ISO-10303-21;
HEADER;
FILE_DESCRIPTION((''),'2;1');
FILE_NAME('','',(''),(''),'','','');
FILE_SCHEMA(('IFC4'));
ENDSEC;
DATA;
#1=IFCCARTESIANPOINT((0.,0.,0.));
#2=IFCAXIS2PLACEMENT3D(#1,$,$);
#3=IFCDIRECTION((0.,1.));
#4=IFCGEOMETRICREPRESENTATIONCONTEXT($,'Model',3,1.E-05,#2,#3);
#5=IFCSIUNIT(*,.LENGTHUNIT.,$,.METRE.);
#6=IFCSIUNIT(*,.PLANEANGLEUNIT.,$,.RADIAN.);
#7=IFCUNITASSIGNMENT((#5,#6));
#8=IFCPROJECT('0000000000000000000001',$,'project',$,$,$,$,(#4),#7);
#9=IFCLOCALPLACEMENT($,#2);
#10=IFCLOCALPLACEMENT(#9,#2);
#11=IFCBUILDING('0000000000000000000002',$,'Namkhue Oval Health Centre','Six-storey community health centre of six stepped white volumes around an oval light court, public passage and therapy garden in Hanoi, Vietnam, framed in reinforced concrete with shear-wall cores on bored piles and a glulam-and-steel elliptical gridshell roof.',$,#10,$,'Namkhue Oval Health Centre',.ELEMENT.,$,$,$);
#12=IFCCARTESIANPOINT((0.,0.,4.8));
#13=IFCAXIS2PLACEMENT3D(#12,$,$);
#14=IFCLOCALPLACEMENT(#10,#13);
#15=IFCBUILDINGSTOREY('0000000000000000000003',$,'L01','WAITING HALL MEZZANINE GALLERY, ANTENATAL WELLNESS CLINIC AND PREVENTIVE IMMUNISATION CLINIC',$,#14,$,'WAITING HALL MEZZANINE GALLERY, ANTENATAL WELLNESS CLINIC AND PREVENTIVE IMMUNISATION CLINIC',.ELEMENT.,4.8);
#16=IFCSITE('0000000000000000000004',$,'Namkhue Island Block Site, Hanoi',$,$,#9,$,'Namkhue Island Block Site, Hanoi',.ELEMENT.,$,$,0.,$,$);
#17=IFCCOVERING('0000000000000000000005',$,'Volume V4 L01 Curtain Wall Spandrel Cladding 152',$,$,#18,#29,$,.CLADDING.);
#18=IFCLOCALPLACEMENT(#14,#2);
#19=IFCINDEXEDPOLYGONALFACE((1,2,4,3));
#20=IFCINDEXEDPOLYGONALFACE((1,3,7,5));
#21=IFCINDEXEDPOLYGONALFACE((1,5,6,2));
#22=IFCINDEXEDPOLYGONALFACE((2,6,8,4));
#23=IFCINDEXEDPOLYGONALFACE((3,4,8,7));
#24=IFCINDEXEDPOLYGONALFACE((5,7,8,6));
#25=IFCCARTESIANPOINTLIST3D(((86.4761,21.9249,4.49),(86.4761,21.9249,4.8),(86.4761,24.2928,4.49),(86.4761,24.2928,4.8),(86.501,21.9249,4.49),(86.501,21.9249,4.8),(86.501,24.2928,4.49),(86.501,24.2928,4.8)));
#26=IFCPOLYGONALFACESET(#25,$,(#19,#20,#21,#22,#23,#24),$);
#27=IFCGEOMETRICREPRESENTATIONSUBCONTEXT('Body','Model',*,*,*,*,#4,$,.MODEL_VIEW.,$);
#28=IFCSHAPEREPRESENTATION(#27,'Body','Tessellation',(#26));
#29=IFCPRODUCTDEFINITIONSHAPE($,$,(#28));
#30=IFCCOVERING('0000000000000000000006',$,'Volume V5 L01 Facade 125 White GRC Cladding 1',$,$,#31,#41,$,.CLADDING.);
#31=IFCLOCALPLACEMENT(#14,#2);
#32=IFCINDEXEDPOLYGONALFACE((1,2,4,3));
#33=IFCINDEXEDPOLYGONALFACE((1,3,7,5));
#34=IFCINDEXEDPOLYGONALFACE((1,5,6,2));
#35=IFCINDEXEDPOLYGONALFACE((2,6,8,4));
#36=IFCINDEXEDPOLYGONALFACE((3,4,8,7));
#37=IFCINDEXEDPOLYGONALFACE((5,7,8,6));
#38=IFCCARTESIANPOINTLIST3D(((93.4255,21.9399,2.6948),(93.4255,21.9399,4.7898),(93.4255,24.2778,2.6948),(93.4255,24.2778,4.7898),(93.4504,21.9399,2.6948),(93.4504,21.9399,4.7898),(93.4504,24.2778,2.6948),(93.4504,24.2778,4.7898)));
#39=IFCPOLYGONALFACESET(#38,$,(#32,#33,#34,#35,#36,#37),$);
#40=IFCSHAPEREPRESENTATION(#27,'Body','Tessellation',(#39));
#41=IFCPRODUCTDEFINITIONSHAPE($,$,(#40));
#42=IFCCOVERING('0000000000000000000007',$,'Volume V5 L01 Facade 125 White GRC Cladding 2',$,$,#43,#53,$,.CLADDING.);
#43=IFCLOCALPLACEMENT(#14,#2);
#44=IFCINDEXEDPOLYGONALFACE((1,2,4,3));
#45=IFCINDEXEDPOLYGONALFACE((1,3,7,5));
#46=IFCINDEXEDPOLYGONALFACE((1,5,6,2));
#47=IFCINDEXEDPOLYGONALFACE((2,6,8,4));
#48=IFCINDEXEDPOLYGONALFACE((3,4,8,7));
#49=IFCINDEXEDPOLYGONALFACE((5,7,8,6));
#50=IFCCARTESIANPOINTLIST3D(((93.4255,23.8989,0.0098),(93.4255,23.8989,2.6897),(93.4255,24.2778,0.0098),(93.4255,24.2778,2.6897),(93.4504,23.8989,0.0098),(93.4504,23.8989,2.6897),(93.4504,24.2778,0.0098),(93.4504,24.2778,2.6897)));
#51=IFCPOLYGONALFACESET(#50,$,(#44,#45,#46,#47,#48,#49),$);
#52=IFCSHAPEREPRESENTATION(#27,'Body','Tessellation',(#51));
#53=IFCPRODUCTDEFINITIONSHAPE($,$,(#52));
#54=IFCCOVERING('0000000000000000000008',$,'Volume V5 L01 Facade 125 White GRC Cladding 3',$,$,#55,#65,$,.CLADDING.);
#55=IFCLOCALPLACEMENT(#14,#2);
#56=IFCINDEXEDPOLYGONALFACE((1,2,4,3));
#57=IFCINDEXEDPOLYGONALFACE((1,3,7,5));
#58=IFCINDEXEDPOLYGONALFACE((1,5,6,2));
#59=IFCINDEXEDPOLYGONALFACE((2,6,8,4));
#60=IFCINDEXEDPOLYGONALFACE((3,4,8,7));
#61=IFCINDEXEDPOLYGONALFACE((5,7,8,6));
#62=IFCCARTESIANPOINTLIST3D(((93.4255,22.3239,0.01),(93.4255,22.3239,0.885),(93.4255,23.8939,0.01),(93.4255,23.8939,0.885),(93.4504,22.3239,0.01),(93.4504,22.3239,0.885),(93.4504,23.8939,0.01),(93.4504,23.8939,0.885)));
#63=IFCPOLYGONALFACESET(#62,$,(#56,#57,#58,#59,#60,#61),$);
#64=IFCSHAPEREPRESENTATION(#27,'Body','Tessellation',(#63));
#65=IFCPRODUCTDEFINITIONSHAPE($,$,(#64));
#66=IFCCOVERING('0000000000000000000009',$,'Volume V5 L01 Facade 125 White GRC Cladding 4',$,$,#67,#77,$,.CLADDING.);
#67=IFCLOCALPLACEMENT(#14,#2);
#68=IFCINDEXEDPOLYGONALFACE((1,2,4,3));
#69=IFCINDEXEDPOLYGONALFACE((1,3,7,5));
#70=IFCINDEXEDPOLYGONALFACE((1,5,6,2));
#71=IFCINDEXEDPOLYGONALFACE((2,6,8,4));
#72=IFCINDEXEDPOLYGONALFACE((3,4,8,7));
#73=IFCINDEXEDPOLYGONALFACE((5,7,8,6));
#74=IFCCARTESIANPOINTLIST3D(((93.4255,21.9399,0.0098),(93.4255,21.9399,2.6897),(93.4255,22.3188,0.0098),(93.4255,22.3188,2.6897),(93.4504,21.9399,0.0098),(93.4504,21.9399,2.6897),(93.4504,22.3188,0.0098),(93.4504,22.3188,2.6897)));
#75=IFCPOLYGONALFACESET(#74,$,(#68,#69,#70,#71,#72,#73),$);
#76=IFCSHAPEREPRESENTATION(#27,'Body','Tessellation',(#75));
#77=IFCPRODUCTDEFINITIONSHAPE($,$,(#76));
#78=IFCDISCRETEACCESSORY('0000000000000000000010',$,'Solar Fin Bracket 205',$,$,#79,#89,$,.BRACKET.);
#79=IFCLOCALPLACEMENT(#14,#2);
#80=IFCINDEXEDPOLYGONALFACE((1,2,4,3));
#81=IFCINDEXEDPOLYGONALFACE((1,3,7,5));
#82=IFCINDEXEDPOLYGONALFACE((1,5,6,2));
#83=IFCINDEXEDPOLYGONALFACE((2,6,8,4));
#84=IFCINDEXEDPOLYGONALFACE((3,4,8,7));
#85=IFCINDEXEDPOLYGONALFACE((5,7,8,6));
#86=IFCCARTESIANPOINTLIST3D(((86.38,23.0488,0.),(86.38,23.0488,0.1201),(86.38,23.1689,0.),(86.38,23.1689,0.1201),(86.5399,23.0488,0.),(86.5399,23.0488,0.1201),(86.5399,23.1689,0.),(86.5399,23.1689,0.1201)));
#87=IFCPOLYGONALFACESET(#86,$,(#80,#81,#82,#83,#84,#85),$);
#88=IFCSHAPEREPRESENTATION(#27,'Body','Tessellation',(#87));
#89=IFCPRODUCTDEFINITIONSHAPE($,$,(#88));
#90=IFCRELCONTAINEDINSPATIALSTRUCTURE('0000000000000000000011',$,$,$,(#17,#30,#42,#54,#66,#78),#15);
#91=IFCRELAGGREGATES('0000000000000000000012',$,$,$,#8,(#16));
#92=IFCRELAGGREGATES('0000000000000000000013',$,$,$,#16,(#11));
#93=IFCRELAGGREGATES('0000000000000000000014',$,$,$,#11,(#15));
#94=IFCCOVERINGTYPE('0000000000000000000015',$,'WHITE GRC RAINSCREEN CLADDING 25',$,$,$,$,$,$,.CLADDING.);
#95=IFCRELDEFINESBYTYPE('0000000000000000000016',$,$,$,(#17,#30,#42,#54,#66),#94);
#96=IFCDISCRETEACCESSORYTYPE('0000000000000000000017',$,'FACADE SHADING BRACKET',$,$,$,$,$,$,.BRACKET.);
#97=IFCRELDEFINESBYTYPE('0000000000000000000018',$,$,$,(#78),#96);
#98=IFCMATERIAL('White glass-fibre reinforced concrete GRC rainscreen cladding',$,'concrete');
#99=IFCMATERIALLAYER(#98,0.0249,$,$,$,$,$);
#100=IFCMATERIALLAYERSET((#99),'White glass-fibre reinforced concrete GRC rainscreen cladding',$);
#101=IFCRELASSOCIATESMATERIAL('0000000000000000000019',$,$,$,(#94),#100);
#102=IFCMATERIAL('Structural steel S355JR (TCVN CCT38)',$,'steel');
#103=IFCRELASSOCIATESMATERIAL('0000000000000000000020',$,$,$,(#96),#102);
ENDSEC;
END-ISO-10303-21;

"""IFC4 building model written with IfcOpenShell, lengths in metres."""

from ifc_helpers import new_model, si_unit, direction, frame, origin, origin_2d, place, context, subcontext, project, spatial, rectangle, extrude, material, layer, layer_set, type_object, element, save


model = new_model("IFC4")

# Units and contexts
model_context = context("Model", 3, precision=1e-05, world=origin(), true_north=direction((0.0, 1.0)))
body_context = subcontext(model_context, "Body", "Model", "MODEL_VIEW")
ifc_project = project(units=[si_unit("LENGTHUNIT", "METRE"), si_unit("PLANEANGLEUNIT", "RADIAN")], contexts=[model_context])

# Site, building, storey
site_placement = place(None, origin())
site = spatial("IfcSite", under=ifc_project, at=site_placement, Name="Namkhue Island Block Site, Hanoi", LongName="Namkhue Island Block Site, Hanoi", CompositionType="ELEMENT", RefElevation=0.0)
building_placement = place(site_placement, origin())
building = spatial("IfcBuilding", under=site, at=building_placement, Name="Namkhue Oval Health Centre", Description="Six-storey community health centre of six stepped white volumes around an oval light court, public passage and therapy garden in Hanoi, Vietnam, framed in reinforced concrete with shear-wall cores on bored piles and a glulam-and-steel elliptical gridshell roof.", LongName="Namkhue Oval Health Centre", CompositionType="ELEMENT")
storey_placement = place(building_placement, frame((0.0, 0.0, 4.8)))
storey = spatial("IfcBuildingStorey", under=building, at=storey_placement, Name="L01", Description="WAITING HALL MEZZANINE GALLERY, ANTENATAL WELLNESS CLINIC AND PREVENTIVE IMMUNISATION CLINIC", LongName="WAITING HALL MEZZANINE GALLERY, ANTENATAL WELLNESS CLINIC AND PREVENTIVE IMMUNISATION CLINIC", CompositionType="ELEMENT", Elevation=4.8)

# Coverings
ifc_material_1 = material(Name="White glass-fibre reinforced concrete GRC rainscreen cladding", Category="concrete")
ifc_layer_1 = layer(ifc_material_1, 0.0249)
ifc_layer_set_1 = layer_set([ifc_layer_1], Name="White glass-fibre reinforced concrete GRC rainscreen cladding")
covering_type = type_object("IfcCoveringType", Name="WHITE GRC RAINSCREEN CLADDING 25", PredefinedType="CLADDING", material=ifc_layer_set_1)
covering_1_placement = place(storey_placement, frame((86.4885, 23.1089, 4.49), z_axis=(0.0, 0.0, 1.0), x_axis=(0.0, 1.0, 0.0)))
element("IfcCovering", 1, at=covering_1_placement, inside=storey, type_object=covering_type, Name="Volume V4 L01 Curtain Wall Spandrel Cladding 152", PredefinedType="CLADDING", context=body_context, shape_type="SweptSolid", body=[
    extrude(rectangle(XDim=2.3679, YDim=0.0249, at=origin_2d()), origin(), (0.0, 0.0, 1.0), 0.3101),
])
covering_2_placement = place(storey_placement, frame((93.438, 23.1089, 2.6948), z_axis=(0.0, 0.0, 1.0), x_axis=(0.0, -1.0, 0.0)))
element("IfcCovering", 2, at=covering_2_placement, inside=storey, type_object=covering_type, Name="Volume V5 L01 Facade 125 White GRC Cladding 1", PredefinedType="CLADDING", context=body_context, shape_type="SweptSolid", body=[
    extrude(rectangle(XDim=2.3379, YDim=0.0249, at=origin_2d()), origin(), (0.0, 0.0, 1.0), 2.095),
])
covering_3_placement = place(storey_placement, frame((93.438, 24.0884, 0.0098), z_axis=(0.0, 0.0, 1.0), x_axis=(0.0, -1.0, 0.0)))
element("IfcCovering", 3, at=covering_3_placement, inside=storey, type_object=covering_type, Name="Volume V5 L01 Facade 125 White GRC Cladding 2", PredefinedType="CLADDING", context=body_context, shape_type="SweptSolid", body=[
    extrude(rectangle(XDim=0.3789, YDim=0.0249, at=origin_2d()), origin(), (0.0, 0.0, 1.0), 2.6799),
])
covering_4_placement = place(storey_placement, frame((93.438, 23.1089, 0.01), z_axis=(0.0, 0.0, 1.0), x_axis=(0.0, -1.0, 0.0)))
element("IfcCovering", 4, at=covering_4_placement, inside=storey, type_object=covering_type, Name="Volume V5 L01 Facade 125 White GRC Cladding 3", PredefinedType="CLADDING", context=body_context, shape_type="SweptSolid", body=[
    extrude(rectangle(XDim=1.5701, YDim=0.0249, at=origin_2d()), origin(), (0.0, 0.0, 1.0), 0.875),
])
covering_5_placement = place(storey_placement, frame((93.438, 22.1294, 0.0098), z_axis=(0.0, 0.0, 1.0), x_axis=(0.0, -1.0, 0.0)))
element("IfcCovering", 5, at=covering_5_placement, inside=storey, type_object=covering_type, Name="Volume V5 L01 Facade 125 White GRC Cladding 4", PredefinedType="CLADDING", context=body_context, shape_type="SweptSolid", body=[
    extrude(rectangle(XDim=0.3789, YDim=0.0249, at=origin_2d()), origin(), (0.0, 0.0, 1.0), 2.6799),
])

# Discrete accessory
ifc_material_2 = material(Name="Structural steel S355JR (TCVN CCT38)", Category="steel")
discrete_accessory_type = type_object("IfcDiscreteAccessoryType", Name="FACADE SHADING BRACKET", PredefinedType="BRACKET", material=ifc_material_2)
discrete_accessory_placement = place(storey_placement, frame((86.46, 23.1089, 0.0), z_axis=(0.0, 0.0, 1.0), x_axis=(1.0, 0.0, 0.0)))
element("IfcDiscreteAccessory", 6, at=discrete_accessory_placement, inside=storey, type_object=discrete_accessory_type, Name="Solar Fin Bracket 205", PredefinedType="BRACKET", context=body_context, shape_type="SweptSolid", body=[
    extrude(rectangle(XDim=0.1599, YDim=0.1201, at=origin_2d()), origin(), (0.0, 0.0, 1.0), 0.1201),
])

save(model, "model.ifc")
